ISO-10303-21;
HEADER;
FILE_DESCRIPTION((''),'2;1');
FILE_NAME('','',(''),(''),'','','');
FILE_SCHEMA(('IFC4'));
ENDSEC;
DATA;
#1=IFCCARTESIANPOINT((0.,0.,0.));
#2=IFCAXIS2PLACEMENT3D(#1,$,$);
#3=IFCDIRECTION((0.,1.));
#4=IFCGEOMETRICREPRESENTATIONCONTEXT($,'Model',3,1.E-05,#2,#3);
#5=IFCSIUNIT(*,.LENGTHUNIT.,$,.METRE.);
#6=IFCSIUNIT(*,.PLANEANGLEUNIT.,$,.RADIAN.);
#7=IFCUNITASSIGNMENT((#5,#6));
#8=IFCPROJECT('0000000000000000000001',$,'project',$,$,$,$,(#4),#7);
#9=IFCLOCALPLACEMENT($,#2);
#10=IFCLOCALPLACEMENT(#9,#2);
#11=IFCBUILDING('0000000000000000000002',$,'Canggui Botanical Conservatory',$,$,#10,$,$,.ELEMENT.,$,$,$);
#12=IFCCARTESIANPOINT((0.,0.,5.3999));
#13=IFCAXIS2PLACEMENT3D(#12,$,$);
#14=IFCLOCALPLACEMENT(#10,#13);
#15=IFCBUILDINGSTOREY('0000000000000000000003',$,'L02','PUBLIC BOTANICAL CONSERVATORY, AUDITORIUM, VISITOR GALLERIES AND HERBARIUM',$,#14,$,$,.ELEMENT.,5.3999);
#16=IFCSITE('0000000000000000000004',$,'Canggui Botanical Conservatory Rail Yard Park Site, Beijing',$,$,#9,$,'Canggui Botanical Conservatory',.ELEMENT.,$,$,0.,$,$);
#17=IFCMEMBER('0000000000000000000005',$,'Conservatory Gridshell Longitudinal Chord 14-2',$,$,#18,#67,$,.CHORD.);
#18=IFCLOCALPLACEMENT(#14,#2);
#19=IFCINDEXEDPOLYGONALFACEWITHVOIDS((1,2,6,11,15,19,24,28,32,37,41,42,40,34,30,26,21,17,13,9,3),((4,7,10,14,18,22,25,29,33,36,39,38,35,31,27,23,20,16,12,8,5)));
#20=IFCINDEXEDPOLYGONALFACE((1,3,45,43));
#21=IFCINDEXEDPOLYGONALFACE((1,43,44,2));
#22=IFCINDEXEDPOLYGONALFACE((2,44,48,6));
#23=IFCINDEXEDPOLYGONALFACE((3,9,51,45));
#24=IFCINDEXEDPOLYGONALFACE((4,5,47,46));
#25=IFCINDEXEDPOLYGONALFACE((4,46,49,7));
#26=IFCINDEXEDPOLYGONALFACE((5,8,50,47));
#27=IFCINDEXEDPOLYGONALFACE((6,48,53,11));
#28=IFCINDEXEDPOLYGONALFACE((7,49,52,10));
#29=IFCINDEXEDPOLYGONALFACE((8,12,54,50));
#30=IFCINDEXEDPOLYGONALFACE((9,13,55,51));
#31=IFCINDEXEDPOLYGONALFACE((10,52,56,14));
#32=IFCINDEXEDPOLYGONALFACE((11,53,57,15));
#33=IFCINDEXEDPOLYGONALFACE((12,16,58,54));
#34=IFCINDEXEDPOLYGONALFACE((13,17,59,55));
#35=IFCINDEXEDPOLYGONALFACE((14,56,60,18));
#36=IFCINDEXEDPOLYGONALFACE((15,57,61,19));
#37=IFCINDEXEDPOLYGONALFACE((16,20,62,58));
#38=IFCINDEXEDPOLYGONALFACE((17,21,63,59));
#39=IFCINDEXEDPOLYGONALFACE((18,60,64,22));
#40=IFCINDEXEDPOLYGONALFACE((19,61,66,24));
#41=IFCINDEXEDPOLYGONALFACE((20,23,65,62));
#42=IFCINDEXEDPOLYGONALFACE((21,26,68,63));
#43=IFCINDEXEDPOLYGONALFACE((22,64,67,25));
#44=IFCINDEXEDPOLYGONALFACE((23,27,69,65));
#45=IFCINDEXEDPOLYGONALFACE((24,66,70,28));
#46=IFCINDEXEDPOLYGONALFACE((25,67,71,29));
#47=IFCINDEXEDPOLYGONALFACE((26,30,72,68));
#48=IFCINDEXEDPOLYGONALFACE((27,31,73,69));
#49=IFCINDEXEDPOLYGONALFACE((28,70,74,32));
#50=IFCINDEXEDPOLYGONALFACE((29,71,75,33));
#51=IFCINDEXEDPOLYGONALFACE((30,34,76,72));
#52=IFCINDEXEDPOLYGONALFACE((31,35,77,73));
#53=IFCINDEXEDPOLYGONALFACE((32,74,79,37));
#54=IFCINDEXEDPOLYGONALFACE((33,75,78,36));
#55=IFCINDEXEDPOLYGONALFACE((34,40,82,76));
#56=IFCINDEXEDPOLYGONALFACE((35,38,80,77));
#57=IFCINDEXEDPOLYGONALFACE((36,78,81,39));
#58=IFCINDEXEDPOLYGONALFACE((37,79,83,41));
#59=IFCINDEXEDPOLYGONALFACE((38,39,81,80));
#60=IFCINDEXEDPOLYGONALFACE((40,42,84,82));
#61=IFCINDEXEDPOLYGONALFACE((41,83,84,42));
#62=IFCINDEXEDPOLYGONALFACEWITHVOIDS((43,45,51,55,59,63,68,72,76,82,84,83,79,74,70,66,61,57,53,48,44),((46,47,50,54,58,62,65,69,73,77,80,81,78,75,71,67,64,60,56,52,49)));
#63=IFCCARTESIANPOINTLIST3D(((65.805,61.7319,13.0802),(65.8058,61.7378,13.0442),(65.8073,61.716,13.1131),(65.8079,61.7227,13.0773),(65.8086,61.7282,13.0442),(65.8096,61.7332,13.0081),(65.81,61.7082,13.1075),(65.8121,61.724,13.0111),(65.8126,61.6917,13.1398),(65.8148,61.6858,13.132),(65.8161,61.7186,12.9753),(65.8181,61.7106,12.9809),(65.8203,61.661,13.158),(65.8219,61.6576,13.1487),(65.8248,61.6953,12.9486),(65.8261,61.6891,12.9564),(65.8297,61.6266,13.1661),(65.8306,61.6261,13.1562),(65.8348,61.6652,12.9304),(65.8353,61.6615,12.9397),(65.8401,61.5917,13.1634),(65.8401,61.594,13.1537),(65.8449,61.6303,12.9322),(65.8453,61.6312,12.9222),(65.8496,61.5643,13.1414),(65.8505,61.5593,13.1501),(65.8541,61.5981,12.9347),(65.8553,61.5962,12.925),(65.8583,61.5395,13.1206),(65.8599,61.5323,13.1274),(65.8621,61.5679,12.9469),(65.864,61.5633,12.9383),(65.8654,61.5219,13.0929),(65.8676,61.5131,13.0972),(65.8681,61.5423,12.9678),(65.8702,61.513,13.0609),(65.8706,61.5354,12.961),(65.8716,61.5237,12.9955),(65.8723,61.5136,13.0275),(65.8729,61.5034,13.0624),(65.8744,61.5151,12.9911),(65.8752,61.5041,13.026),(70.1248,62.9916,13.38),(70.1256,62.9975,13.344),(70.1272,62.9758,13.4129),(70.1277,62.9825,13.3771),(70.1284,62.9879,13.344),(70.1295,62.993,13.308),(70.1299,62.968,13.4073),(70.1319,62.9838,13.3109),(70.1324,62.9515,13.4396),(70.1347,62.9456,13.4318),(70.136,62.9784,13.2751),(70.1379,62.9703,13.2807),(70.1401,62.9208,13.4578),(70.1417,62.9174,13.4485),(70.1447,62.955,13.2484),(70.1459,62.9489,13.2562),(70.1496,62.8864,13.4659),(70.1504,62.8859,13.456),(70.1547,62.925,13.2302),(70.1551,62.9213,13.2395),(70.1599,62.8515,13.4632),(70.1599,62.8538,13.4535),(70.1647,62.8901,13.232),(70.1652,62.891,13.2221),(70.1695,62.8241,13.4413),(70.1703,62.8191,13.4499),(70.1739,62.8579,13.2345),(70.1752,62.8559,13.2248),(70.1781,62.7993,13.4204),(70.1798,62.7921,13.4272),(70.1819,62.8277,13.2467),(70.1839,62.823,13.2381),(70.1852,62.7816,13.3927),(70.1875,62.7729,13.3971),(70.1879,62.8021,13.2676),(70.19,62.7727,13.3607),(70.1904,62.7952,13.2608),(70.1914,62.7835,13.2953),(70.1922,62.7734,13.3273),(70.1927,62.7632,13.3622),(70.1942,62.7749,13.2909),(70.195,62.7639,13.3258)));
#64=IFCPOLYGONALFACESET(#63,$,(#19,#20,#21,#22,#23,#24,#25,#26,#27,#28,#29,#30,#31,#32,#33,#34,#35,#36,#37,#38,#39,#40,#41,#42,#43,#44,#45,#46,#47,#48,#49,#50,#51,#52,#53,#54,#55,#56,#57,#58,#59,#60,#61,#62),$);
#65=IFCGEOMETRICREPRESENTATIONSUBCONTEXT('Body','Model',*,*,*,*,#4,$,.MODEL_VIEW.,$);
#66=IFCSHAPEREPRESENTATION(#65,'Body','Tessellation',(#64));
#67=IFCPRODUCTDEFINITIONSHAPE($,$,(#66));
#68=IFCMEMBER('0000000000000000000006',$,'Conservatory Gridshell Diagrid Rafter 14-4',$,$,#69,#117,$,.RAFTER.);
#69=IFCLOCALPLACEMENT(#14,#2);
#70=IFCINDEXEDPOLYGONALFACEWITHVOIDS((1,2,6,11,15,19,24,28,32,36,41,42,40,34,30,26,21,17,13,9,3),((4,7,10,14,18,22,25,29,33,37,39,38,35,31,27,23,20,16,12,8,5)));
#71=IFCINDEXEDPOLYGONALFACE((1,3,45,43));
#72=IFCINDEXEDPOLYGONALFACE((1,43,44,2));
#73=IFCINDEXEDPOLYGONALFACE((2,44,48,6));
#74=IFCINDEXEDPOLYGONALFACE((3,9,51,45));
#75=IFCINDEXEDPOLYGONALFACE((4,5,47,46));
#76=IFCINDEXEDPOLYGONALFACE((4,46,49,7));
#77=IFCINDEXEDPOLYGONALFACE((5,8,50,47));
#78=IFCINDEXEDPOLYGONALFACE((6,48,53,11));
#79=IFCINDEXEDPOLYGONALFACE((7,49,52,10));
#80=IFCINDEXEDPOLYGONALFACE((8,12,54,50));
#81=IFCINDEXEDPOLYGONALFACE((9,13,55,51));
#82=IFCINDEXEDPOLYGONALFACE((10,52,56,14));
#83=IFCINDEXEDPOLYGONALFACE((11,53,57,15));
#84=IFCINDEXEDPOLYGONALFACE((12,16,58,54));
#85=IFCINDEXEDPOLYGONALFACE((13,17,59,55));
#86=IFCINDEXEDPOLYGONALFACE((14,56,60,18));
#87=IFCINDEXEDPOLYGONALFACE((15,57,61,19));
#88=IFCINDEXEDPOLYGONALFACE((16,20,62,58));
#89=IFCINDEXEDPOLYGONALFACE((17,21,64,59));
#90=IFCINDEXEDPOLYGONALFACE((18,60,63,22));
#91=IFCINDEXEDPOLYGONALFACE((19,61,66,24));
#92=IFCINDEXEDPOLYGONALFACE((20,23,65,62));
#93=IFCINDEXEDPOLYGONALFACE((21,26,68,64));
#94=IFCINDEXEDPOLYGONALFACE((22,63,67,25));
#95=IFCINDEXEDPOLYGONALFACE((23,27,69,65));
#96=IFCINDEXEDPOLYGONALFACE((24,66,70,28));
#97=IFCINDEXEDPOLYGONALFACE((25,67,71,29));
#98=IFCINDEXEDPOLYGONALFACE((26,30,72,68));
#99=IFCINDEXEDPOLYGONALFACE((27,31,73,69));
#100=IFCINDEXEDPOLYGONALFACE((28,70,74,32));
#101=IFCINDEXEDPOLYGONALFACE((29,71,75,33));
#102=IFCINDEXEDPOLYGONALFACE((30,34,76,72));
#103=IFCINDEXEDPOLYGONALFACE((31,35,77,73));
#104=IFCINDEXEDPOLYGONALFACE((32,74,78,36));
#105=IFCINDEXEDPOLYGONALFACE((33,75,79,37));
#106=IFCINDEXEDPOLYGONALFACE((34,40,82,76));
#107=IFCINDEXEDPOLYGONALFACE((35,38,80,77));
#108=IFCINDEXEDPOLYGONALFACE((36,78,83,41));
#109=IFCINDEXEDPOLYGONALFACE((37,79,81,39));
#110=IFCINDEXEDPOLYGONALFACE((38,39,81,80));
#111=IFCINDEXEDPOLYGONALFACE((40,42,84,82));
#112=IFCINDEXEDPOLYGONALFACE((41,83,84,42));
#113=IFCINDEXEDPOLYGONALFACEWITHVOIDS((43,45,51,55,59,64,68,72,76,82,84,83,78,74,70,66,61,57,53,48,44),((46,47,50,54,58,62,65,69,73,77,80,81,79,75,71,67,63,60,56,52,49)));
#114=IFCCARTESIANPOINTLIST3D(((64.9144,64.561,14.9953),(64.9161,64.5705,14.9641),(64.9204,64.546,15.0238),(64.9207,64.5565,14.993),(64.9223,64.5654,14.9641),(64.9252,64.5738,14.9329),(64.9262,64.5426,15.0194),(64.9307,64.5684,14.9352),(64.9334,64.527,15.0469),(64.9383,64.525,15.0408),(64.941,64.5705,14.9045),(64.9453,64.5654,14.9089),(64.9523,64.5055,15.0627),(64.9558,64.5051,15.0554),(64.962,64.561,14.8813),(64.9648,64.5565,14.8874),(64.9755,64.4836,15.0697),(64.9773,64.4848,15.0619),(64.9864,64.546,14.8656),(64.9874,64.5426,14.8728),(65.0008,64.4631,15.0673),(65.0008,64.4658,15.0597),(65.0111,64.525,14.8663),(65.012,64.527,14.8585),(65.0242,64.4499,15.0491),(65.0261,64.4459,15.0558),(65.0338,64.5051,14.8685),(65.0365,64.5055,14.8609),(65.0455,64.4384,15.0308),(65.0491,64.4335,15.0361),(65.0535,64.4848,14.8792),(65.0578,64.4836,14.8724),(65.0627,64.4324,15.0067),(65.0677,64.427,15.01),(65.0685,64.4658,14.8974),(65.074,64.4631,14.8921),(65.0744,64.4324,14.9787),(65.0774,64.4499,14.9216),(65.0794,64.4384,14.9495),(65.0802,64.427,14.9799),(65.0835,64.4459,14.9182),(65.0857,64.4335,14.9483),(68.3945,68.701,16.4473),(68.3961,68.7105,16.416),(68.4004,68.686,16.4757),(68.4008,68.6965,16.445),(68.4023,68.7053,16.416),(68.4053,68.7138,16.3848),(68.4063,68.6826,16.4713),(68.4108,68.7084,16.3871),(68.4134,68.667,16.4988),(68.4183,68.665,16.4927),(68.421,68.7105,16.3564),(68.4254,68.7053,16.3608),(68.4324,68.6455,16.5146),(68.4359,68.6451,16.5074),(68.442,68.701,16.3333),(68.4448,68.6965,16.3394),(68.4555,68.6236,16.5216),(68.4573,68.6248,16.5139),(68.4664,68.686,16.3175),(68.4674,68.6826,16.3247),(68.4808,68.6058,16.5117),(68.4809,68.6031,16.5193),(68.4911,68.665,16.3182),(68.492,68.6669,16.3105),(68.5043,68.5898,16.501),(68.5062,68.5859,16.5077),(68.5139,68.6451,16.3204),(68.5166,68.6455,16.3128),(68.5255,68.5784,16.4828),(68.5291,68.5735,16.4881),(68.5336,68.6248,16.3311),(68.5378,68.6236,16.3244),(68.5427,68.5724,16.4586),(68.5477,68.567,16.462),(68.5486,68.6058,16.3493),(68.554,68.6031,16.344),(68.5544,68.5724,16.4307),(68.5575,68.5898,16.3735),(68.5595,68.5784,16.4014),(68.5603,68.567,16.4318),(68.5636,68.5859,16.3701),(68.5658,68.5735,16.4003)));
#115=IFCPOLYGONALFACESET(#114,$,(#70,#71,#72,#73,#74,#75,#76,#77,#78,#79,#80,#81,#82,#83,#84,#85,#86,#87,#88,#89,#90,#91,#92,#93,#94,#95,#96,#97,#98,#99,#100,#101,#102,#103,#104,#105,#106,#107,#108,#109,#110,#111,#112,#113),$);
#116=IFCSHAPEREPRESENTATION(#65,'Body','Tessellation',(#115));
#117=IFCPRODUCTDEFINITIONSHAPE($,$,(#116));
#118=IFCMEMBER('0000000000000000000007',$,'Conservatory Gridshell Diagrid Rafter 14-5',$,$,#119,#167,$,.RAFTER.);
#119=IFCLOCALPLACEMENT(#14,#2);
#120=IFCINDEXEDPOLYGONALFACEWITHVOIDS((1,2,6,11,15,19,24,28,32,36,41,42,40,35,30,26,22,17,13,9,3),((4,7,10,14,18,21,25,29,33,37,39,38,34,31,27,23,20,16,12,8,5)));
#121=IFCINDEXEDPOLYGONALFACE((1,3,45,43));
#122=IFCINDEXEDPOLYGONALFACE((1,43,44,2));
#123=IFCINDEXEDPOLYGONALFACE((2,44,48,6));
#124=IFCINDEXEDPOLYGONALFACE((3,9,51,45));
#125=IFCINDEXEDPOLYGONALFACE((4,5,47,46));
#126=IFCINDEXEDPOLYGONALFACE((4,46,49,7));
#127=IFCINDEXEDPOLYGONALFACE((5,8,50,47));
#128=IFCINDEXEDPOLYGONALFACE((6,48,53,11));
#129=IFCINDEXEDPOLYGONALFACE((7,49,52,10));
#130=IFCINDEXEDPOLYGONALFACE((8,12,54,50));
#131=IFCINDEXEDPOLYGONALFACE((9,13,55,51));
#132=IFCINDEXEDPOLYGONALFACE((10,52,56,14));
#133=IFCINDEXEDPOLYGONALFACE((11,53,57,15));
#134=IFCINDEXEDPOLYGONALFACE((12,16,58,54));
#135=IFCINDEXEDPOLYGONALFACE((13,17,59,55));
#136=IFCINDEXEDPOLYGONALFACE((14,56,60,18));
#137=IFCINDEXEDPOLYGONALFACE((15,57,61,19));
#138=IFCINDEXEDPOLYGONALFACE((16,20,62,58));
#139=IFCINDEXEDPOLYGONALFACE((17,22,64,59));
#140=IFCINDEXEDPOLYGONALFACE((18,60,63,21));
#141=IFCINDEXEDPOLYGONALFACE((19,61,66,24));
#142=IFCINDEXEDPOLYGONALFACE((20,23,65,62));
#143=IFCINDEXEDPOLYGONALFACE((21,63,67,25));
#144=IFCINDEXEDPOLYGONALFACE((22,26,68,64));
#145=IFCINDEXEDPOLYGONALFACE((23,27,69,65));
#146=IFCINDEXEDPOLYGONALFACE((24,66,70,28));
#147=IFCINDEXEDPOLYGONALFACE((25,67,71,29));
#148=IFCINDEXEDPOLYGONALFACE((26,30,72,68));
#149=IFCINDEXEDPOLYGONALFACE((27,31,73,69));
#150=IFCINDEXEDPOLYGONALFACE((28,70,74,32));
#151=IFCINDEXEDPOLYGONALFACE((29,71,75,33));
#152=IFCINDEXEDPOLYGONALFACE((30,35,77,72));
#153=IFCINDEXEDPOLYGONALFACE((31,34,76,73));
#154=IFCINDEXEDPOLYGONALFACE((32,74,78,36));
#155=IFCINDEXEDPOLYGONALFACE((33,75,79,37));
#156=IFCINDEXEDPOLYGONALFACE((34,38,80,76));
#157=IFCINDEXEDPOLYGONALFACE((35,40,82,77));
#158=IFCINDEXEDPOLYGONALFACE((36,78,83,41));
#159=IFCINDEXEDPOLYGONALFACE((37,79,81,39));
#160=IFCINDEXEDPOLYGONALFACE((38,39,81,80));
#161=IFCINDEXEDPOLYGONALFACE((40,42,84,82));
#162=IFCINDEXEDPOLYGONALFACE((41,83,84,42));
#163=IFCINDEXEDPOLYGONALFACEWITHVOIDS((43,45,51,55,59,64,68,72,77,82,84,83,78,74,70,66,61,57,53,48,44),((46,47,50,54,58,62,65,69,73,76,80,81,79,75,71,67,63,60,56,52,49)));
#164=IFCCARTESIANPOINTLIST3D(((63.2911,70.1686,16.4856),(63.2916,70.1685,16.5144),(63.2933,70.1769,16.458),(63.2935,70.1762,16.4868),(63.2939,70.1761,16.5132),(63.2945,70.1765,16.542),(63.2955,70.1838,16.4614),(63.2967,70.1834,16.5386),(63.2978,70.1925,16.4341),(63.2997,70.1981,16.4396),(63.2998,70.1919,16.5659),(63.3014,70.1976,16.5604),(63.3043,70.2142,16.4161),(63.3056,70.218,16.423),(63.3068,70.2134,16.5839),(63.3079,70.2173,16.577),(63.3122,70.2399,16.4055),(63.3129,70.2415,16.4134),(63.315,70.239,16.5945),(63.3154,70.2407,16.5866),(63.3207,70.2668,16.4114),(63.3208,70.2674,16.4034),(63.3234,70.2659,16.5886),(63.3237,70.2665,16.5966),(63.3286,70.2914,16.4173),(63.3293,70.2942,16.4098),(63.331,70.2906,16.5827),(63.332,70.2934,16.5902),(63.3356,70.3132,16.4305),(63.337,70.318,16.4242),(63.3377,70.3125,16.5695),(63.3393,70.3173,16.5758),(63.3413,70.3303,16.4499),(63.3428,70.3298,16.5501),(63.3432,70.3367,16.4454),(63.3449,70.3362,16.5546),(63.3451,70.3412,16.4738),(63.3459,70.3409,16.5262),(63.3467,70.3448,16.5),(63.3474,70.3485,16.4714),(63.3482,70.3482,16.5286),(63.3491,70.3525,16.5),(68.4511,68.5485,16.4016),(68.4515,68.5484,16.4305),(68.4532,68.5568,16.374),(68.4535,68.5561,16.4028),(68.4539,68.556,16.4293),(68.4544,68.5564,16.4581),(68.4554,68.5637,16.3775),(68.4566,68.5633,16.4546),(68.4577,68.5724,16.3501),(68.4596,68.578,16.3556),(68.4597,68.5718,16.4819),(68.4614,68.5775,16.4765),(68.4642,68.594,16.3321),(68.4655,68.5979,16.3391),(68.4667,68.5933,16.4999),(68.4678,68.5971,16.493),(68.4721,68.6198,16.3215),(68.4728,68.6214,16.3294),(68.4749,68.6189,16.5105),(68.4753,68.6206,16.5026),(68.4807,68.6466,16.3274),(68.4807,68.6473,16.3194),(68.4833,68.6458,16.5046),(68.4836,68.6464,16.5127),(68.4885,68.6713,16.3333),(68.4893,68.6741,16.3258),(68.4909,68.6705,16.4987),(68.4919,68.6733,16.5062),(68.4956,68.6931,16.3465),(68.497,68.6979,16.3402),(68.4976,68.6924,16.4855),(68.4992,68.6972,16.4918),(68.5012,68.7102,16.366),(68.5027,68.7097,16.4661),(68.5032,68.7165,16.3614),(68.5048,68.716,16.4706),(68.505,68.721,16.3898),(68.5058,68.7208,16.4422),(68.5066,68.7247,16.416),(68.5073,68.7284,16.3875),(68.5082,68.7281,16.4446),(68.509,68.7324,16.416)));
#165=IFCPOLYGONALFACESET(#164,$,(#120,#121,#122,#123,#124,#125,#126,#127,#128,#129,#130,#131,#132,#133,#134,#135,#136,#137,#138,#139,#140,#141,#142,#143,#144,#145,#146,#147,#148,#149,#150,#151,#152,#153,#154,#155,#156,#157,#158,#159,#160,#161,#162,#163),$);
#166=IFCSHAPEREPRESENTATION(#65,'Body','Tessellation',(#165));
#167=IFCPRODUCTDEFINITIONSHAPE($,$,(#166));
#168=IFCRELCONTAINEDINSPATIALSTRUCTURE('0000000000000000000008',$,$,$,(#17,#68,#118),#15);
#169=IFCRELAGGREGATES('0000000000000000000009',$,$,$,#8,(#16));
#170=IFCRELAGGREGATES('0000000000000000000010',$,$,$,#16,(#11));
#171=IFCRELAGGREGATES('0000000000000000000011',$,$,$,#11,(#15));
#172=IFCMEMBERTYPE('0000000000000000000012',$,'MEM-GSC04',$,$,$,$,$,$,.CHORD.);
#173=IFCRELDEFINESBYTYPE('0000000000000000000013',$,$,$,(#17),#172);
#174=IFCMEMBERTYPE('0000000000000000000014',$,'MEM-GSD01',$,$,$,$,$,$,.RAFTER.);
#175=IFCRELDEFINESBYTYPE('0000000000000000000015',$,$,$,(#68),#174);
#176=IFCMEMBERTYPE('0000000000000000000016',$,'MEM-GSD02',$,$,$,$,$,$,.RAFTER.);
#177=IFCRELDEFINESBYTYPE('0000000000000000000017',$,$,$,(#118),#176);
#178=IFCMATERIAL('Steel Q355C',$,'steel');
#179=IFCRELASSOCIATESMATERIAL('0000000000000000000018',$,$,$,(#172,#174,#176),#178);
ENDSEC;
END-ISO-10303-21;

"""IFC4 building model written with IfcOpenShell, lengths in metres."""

from ifc_helpers import new_model, si_unit, direction, frame, origin, origin_2d, place, context, subcontext, project, spatial, hollow_circle, extrude, material, material_profile, profile_set, type_object, element, save


model = new_model("IFC4")

# Units and contexts
model_context = context("Model", 3, precision=1e-05, world=origin(), true_north=direction((0.0, 1.0)))
body_context = subcontext(model_context, "Body", "Model", "MODEL_VIEW")
ifc_project = project(units=[si_unit("LENGTHUNIT", "METRE"), si_unit("PLANEANGLEUNIT", "RADIAN")], contexts=[model_context])

# Site, building, storey
site_placement = place(None, origin())
site = spatial("IfcSite", under=ifc_project, at=site_placement, Name="Canggui Botanical Conservatory Rail Yard Park Site, Beijing", LongName="Canggui Botanical Conservatory", CompositionType="ELEMENT", RefElevation=0.0)
building_placement = place(site_placement, origin())
building = spatial("IfcBuilding", under=site, at=building_placement, Name="Canggui Botanical Conservatory", CompositionType="ELEMENT")
storey_placement = place(building_placement, frame((0.0, 0.0, 5.3999)))
storey = spatial("IfcBuildingStorey", under=building, at=storey_placement, Name="L02", Description="PUBLIC BOTANICAL CONSERVATORY, AUDITORIUM, VISITOR GALLERIES AND HERBARIUM", CompositionType="ELEMENT", Elevation=5.3999)

# Shared definitions
ifc_material_1 = material(Name="Steel Q355C", Category="steel")

# Members
ifc_material_profile_1 = material_profile(ifc_material_1, hollow_circle(Radius=0.1226, WallThickness=0.01, at=origin_2d()), Name="CHS 245x10")
ifc_profile_set_1 = profile_set([ifc_material_profile_1], Name="Steel Q355C")
member_type_1 = type_object("IfcMemberType", Name="MEM-GSC04", PredefinedType="CHORD", material=ifc_profile_set_1)
member_1_placement = place(storey_placement, frame((65.8401, 61.6201, 13.0442), z_axis=(0.957887, 0.279343, 0.066479), x_axis=(-0.279962, 0.960011, 0.0)))
element("IfcMember", 1, at=member_1_placement, inside=storey, type_object=member_type_1, Name="Conservatory Gridshell Longitudinal Chord 14-2", PredefinedType="CHORD", context=body_context, shape_type="SweptSolid", body=[
    extrude(hollow_circle(Radius=0.1226, WallThickness=0.01, at=origin_2d()), origin(), (0.0, 0.0, 1.0), 4.5098),
])
ifc_material_profile_2 = material_profile(ifc_material_1, hollow_circle(Radius=0.1096, WallThickness=0.0081, at=origin_2d()), Name="CHS 219x8")
ifc_profile_set_2 = profile_set([ifc_material_profile_2], Name="Steel Q355C")
member_type_2 = type_object("IfcMemberType", Name="MEM-GSD01", PredefinedType="RAFTER", material=ifc_profile_set_2)
member_2_placement = place(storey_placement, frame((65.0, 64.5, 14.9641), z_axis=(0.621455, 0.739302, 0.259281), x_axis=(-0.76548, 0.64346, 0.0)))
element("IfcMember", 2, at=member_2_placement, inside=storey, type_object=member_type_2, Name="Conservatory Gridshell Diagrid Rafter 14-4", PredefinedType="RAFTER", context=body_context, shape_type="SweptSolid", body=[
    extrude(hollow_circle(Radius=0.1096, WallThickness=0.0081, at=origin_2d()), origin(), (0.0, 0.0, 1.0), 5.5999),
])
ifc_material_profile_3 = material_profile(ifc_material_1, hollow_circle(Radius=0.0969, WallThickness=0.0081, at=origin_2d()), Name="CHS 194x8")
ifc_profile_set_3 = profile_set([ifc_material_profile_3], Name="Steel Q355C")
member_type_3 = type_object("IfcMemberType", Name="MEM-GSD02", PredefinedType="RAFTER", material=ifc_profile_set_3)
member_3_placement = place(storey_placement, frame((63.3201, 70.26, 16.5), z_axis=(0.953962, -0.299526, -0.015527), x_axis=(0.299562, 0.954077, 0.0)))
element("IfcMember", 3, at=member_3_placement, inside=storey, type_object=member_type_3, Name="Conservatory Gridshell Diagrid Rafter 14-5", PredefinedType="RAFTER", context=body_context, shape_type="SweptSolid", body=[
    extrude(hollow_circle(Radius=0.0969, WallThickness=0.0081, at=origin_2d()), origin(), (0.0, 0.0, 1.0), 5.4089),
])

save(model, "model.ifc")
